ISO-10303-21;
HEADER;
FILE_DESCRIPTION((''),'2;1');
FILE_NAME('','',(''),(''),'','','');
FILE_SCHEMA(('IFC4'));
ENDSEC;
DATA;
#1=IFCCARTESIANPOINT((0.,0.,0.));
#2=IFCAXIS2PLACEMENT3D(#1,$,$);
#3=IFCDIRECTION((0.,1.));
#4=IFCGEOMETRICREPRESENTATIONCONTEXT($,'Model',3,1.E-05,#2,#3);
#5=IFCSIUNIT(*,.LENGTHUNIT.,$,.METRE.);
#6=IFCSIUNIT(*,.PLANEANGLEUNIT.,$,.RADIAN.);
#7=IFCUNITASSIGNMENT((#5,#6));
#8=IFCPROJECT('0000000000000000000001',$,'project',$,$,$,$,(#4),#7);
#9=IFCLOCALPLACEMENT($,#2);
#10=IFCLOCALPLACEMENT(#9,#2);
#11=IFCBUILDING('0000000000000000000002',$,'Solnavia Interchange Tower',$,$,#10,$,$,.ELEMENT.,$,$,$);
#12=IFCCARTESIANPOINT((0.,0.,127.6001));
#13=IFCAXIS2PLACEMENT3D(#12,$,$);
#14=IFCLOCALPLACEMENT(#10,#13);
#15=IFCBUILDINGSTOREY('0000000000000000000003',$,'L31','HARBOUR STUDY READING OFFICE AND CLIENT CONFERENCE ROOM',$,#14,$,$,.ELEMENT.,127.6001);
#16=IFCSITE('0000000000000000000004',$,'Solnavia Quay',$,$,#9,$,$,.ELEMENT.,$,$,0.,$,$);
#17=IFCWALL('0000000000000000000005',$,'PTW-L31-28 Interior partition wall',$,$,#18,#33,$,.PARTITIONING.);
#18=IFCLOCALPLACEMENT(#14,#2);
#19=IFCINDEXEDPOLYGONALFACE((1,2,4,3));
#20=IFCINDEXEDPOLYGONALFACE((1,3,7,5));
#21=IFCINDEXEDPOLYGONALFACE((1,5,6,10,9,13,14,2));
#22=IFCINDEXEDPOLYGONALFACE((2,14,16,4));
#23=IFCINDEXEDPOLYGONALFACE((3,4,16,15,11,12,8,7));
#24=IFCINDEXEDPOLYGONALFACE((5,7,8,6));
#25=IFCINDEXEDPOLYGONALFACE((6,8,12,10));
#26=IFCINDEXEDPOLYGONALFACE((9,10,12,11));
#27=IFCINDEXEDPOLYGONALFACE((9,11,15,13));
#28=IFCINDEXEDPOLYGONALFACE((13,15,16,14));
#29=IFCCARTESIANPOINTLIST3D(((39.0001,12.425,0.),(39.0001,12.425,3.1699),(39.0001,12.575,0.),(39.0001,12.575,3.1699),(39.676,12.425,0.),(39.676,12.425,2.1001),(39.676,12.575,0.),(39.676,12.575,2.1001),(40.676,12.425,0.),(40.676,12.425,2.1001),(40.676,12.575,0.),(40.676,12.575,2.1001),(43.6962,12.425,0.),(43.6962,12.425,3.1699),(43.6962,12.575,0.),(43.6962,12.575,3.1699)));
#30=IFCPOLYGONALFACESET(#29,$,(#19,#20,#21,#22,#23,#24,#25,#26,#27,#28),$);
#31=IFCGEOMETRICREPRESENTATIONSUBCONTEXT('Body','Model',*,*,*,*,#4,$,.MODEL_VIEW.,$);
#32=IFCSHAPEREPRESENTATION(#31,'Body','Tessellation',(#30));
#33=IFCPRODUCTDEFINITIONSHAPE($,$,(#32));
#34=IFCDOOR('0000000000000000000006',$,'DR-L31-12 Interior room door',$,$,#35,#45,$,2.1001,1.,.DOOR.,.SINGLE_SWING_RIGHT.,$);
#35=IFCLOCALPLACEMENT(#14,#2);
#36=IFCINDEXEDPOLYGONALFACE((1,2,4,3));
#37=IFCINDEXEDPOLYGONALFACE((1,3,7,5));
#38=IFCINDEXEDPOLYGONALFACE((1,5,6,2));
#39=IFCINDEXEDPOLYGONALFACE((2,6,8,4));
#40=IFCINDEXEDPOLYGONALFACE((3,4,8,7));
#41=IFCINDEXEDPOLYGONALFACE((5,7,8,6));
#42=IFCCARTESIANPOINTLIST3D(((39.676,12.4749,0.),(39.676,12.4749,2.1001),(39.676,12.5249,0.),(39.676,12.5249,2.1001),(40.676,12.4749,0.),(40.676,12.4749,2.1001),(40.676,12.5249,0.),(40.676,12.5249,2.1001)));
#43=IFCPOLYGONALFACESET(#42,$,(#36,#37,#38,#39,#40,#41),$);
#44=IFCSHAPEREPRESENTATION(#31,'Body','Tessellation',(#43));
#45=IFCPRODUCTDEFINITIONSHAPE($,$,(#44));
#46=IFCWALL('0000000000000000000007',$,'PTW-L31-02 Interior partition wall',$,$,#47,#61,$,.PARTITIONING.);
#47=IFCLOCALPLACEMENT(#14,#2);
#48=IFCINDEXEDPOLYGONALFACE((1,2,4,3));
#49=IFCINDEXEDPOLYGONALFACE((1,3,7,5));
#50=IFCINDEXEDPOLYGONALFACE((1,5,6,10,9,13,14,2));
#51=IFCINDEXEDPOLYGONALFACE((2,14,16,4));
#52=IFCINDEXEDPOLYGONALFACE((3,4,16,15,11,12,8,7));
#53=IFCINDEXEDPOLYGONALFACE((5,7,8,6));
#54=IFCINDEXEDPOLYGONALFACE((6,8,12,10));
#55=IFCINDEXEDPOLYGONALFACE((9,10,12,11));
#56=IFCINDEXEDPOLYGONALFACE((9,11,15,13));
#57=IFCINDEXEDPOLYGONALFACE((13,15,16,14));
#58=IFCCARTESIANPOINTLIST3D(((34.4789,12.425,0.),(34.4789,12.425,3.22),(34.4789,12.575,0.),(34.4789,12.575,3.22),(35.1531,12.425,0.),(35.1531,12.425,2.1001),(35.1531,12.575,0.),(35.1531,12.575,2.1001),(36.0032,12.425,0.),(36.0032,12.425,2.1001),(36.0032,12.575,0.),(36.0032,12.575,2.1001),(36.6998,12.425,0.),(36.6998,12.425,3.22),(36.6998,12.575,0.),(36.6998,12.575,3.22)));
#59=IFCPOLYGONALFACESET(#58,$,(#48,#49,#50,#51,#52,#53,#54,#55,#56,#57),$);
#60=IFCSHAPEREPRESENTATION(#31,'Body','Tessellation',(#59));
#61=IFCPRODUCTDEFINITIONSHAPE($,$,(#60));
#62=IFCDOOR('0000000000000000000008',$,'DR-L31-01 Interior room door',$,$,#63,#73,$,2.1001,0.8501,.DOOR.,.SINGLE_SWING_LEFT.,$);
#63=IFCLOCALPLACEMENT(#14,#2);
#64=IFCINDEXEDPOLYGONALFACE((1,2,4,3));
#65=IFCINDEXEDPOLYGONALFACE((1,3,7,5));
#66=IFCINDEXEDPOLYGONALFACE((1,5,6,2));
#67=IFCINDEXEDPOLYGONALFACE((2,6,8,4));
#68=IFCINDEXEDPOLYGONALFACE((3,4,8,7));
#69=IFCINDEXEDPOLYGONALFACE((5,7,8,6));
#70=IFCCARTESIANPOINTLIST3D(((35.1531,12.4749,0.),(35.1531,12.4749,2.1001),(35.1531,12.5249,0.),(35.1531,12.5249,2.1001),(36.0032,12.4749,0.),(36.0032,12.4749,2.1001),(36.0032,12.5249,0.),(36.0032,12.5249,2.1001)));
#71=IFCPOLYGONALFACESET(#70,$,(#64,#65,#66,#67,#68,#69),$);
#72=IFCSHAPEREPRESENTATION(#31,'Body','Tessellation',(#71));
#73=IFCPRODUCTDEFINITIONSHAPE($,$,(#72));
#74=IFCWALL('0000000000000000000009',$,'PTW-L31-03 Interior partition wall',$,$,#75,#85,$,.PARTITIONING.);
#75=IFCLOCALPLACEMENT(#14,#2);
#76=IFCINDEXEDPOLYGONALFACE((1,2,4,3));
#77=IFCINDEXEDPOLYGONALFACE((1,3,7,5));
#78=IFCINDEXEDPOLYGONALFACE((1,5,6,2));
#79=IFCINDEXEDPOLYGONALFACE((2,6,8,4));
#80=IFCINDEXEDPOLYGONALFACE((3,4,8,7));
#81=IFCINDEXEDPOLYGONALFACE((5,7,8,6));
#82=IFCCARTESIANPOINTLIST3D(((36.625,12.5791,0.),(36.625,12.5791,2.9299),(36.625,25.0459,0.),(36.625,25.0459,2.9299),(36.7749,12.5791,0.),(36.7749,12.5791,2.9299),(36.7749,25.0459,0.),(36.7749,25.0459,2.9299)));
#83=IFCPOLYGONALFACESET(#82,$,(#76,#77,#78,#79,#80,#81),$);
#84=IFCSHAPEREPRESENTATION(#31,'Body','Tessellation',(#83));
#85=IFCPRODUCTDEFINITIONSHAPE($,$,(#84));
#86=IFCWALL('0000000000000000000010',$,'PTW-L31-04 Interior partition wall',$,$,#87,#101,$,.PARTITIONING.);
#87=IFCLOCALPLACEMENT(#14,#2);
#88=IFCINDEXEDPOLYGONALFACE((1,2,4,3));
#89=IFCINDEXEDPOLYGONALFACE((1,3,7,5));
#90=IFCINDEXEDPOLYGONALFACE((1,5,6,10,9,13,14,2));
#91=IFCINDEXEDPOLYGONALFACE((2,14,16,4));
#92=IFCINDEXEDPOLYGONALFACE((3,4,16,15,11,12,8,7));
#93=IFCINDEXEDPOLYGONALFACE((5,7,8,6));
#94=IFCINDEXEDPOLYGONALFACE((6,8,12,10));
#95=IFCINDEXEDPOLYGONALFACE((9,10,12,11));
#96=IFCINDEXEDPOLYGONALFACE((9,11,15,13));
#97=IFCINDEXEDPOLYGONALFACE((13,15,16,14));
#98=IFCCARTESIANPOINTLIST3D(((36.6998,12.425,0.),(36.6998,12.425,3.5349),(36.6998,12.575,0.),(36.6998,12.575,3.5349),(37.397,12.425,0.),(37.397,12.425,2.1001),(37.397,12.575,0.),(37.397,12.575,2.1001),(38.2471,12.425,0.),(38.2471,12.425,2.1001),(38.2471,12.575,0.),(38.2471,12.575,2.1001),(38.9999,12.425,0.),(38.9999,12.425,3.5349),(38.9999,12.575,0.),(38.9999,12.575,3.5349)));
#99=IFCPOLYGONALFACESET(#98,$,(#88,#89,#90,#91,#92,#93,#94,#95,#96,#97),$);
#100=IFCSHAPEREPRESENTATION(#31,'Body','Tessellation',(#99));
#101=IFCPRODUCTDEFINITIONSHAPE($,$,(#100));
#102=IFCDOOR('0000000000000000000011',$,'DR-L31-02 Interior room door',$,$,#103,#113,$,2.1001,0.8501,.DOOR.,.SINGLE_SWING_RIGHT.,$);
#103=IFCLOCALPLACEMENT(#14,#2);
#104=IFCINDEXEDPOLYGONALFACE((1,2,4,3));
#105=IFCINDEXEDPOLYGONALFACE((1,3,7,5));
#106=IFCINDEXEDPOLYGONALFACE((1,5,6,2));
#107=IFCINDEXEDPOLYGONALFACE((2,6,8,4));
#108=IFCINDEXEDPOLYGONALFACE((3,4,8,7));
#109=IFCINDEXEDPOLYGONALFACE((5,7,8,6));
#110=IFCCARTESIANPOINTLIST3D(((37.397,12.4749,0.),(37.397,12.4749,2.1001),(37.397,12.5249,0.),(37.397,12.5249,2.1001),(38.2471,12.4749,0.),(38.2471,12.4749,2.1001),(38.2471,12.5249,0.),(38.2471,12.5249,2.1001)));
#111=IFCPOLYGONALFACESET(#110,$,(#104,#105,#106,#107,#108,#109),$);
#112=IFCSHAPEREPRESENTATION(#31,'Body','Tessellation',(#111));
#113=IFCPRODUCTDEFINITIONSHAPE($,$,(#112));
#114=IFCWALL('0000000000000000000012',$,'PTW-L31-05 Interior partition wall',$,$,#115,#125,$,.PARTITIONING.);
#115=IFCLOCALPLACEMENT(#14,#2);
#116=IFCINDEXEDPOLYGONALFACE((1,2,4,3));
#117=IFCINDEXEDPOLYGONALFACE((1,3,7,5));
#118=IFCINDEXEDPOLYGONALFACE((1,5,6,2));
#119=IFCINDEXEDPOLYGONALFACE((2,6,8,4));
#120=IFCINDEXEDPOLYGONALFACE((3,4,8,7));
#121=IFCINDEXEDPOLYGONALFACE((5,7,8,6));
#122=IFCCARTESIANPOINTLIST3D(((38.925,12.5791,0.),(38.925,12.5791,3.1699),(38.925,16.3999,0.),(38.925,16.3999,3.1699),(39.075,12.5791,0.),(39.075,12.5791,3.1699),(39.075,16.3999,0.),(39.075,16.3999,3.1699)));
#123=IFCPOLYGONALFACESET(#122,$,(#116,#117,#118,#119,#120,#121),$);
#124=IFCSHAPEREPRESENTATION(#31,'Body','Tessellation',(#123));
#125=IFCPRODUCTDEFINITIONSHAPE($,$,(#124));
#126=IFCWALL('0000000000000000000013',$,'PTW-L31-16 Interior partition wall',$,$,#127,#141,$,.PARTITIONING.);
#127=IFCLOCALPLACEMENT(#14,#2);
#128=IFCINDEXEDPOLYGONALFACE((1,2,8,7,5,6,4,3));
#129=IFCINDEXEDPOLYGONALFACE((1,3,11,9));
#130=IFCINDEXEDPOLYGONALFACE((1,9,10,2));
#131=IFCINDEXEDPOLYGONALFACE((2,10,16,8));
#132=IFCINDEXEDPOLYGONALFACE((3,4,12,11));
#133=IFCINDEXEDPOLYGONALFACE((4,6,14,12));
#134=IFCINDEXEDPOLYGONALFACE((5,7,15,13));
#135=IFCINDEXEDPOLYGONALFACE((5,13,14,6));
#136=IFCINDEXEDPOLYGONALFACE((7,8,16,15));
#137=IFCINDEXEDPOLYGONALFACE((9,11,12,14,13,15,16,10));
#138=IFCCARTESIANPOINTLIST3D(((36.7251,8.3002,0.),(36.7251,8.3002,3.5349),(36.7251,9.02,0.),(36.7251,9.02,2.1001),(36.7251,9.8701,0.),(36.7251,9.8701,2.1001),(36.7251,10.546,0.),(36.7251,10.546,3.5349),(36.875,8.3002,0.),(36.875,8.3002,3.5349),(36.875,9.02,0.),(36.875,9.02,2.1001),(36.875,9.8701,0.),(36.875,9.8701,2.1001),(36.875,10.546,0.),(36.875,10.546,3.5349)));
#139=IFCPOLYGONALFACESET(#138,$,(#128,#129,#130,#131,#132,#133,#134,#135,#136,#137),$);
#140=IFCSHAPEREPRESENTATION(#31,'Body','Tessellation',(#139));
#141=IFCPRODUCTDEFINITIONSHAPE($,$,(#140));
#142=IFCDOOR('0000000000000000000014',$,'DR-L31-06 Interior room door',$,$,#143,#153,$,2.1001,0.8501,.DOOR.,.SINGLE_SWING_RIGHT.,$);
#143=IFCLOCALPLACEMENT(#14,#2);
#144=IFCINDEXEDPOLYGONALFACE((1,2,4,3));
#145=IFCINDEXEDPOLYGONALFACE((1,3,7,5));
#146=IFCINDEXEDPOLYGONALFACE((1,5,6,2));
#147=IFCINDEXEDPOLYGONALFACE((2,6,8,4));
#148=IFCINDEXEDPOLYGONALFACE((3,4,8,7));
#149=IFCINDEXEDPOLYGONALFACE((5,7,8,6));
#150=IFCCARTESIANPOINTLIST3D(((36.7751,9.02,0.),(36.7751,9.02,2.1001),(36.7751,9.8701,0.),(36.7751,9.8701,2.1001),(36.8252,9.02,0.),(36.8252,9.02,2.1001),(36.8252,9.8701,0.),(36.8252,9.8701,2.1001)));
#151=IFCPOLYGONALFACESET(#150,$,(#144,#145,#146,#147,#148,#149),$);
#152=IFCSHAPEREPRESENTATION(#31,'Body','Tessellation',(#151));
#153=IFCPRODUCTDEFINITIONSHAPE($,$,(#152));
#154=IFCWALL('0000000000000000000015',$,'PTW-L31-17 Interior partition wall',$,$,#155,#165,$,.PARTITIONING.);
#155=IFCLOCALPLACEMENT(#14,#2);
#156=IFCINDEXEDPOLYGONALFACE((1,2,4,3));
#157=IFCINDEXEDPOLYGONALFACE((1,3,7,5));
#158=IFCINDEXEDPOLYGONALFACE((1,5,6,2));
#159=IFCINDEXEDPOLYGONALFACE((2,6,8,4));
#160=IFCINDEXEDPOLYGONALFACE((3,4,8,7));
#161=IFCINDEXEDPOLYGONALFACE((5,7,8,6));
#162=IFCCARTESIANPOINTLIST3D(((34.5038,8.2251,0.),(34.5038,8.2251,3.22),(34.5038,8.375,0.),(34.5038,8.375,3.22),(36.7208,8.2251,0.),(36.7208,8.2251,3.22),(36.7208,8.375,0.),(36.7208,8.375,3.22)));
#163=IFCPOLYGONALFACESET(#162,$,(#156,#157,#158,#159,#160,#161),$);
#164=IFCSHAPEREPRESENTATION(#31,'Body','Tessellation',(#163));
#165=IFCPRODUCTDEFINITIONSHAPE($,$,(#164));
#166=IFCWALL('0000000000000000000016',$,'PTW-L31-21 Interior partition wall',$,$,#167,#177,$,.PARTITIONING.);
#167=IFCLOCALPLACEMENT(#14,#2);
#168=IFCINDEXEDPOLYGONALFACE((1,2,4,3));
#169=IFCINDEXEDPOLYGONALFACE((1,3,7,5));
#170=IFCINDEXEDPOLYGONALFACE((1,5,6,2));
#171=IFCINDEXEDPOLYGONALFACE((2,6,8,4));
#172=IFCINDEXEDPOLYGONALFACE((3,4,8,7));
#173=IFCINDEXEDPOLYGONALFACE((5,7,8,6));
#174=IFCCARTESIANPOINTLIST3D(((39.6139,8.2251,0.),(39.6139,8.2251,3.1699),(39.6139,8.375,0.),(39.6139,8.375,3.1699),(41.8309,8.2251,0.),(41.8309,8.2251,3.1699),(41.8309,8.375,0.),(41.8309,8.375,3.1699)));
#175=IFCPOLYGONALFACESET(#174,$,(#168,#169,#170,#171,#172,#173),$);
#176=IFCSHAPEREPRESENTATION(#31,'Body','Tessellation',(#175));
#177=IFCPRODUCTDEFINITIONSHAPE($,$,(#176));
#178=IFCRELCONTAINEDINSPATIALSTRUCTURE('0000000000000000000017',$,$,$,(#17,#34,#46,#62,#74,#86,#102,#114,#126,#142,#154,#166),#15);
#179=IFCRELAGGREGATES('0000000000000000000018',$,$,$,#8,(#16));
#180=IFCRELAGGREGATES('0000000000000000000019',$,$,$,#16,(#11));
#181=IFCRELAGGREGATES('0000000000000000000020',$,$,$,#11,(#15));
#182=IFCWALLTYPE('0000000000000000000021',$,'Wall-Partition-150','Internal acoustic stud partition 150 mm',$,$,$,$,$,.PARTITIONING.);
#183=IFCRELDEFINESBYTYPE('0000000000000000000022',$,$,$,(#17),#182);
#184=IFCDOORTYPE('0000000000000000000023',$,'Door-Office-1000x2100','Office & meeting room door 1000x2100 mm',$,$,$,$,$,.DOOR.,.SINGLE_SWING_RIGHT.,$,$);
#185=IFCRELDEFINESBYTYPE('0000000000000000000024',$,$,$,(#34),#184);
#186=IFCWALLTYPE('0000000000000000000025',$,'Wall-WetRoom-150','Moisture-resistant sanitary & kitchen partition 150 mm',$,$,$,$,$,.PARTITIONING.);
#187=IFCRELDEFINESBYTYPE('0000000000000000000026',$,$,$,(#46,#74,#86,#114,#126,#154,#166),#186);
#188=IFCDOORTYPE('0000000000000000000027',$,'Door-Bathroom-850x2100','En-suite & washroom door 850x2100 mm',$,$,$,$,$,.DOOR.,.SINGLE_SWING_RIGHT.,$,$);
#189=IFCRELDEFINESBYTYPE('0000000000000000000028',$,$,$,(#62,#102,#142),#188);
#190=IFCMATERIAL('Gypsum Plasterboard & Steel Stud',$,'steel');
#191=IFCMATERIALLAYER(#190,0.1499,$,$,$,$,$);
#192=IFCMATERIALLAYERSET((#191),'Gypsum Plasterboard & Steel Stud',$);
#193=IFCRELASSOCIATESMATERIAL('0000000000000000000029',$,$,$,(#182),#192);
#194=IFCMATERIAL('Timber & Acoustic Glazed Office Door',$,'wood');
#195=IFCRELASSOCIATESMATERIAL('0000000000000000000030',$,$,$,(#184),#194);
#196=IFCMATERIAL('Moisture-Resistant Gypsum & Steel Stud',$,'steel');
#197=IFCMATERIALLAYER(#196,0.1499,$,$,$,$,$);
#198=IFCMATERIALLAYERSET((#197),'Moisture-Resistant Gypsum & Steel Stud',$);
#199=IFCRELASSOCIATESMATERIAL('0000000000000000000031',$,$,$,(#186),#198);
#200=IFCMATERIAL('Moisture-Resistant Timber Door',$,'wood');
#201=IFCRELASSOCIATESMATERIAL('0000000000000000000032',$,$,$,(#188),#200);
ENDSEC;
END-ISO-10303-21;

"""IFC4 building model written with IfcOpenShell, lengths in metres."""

from ifc_helpers import new_model, si_unit, direction, frame, frame_2d, origin, place, context, subcontext, project, spatial, rectangle, extrude, material, layer, layer_set, type_object, element, fill, save


model = new_model("IFC4")

# Units and contexts
model_context = context("Model", 3, precision=1e-05, world=origin(), true_north=direction((0.0, 1.0)))
body_context = subcontext(model_context, "Body", "Model", "MODEL_VIEW")
ifc_project = project(units=[si_unit("LENGTHUNIT", "METRE"), si_unit("PLANEANGLEUNIT", "RADIAN")], contexts=[model_context])

# Site, building, storey
site_placement = place(None, origin())
site = spatial("IfcSite", under=ifc_project, at=site_placement, Name="Solnavia Quay", CompositionType="ELEMENT", RefElevation=0.0)
building_placement = place(site_placement, origin())
building = spatial("IfcBuilding", under=site, at=building_placement, Name="Solnavia Interchange Tower", CompositionType="ELEMENT")
storey_placement = place(building_placement, frame((0.0, 0.0, 127.6001)))
storey = spatial("IfcBuildingStorey", under=building, at=storey_placement, Name="L31", Description="HARBOUR STUDY READING OFFICE AND CLIENT CONFERENCE ROOM", CompositionType="ELEMENT", Elevation=127.6001)

# Walls, openings, doors
ifc_material_1 = material(Name="Gypsum Plasterboard & Steel Stud", Category="steel")
ifc_layer_1 = layer(ifc_material_1, 0.1499)
ifc_layer_set_1 = layer_set([ifc_layer_1], Name="Gypsum Plasterboard & Steel Stud")
wall_type_1 = type_object("IfcWallType", Name="Wall-Partition-150", Description="Internal acoustic stud partition 150 mm", PredefinedType="PARTITIONING", material=ifc_layer_set_1)
wall_1_placement = place(storey_placement, frame((39.0, 12.5, 0.0), z_axis=(0.0, 0.0, 1.0), x_axis=(1.0, 0.0, 0.0)))
wall_1 = element("IfcWall", 1, at=wall_1_placement, inside=storey, type_object=wall_type_1, Name="PTW-L31-28 Interior partition wall", PredefinedType="PARTITIONING", context=body_context, shape_type="SweptSolid", body=[
    extrude(rectangle(XDim=4.696, YDim=0.1499, at=frame_2d((2.3481, 0.0))), origin(), (0.0, 0.0, 1.0), 3.1699),
])
opening_1_placement = place(wall_1_placement, frame((0.676, 0.0, 0.0)))
opening_1 = element("IfcOpeningElement", 2, at=opening_1_placement, cuts=wall_1, PredefinedType="OPENING", context=body_context, shape_type="SweptSolid", body=[
    extrude(rectangle(XDim=1.0, YDim=2.1001, at=frame_2d((0.5, 1.05))), frame((0.0, 0.085, 0.0), z_axis=(0.0, -1.0, 0.0), x_axis=(1.0, 0.0, 0.0)), (0.0, 0.0, 1.0), 0.1699),
])
ifc_material_2 = material(Name="Timber & Acoustic Glazed Office Door", Category="wood")
door_type_1 = type_object("IfcDoorType", Name="Door-Office-1000x2100", Description="Office & meeting room door 1000x2100 mm", OperationType="SINGLE_SWING_RIGHT", PredefinedType="DOOR", material=ifc_material_2)
door_1_placement = place(opening_1_placement, origin())
door_1 = element("IfcDoor", 3, at=door_1_placement, inside=storey, type_object=door_type_1, Name="DR-L31-12 Interior room door", OperationType="SINGLE_SWING_RIGHT", OverallHeight=2.1001, OverallWidth=1.0, PredefinedType="DOOR", context=body_context, shape_type="SweptSolid", body=[
    extrude(rectangle(XDim=1.0, YDim=2.1001, at=frame_2d((0.5, 1.05))), frame((0.0, 0.0249, 0.0), z_axis=(0.0, -1.0, 0.0), x_axis=(1.0, 0.0, 0.0)), (0.0, 0.0, 1.0), 0.05),
])
fill(opening_1, door_1)
ifc_material_3 = material(Name="Moisture-Resistant Gypsum & Steel Stud", Category="steel")
ifc_layer_2 = layer(ifc_material_3, 0.1499)
ifc_layer_set_2 = layer_set([ifc_layer_2], Name="Moisture-Resistant Gypsum & Steel Stud")
wall_type_2 = type_object("IfcWallType", Name="Wall-WetRoom-150", Description="Moisture-resistant sanitary & kitchen partition 150 mm", PredefinedType="PARTITIONING", material=ifc_layer_set_2)
wall_2_placement = place(storey_placement, frame((34.479, 12.5, 0.0), z_axis=(0.0, 0.0, 1.0), x_axis=(1.0, 0.0, 0.0)))
wall_2 = element("IfcWall", 4, at=wall_2_placement, inside=storey, type_object=wall_type_2, Name="PTW-L31-02 Interior partition wall", PredefinedType="PARTITIONING", context=body_context, shape_type="SweptSolid", body=[
    extrude(rectangle(XDim=2.2209, YDim=0.1499, at=frame_2d((1.1104, 0.0))), origin(), (0.0, 0.0, 1.0), 3.22),
])
opening_2_placement = place(wall_2_placement, frame((0.6741, 0.0, 0.0)))
opening_2 = element("IfcOpeningElement", 5, at=opening_2_placement, cuts=wall_2, PredefinedType="OPENING", context=body_context, shape_type="SweptSolid", body=[
    extrude(rectangle(XDim=0.8501, YDim=2.1001, at=frame_2d((0.425, 1.05))), frame((0.0, 0.085, 0.0), z_axis=(0.0, -1.0, 0.0), x_axis=(1.0, 0.0, 0.0)), (0.0, 0.0, 1.0), 0.1699),
])
ifc_material_4 = material(Name="Moisture-Resistant Timber Door", Category="wood")
door_type_2 = type_object("IfcDoorType", Name="Door-Bathroom-850x2100", Description="En-suite & washroom door 850x2100 mm", OperationType="SINGLE_SWING_RIGHT", PredefinedType="DOOR", material=ifc_material_4)
door_2_placement = place(opening_2_placement, origin())
door_2 = element("IfcDoor", 6, at=door_2_placement, inside=storey, type_object=door_type_2, Name="DR-L31-01 Interior room door", OperationType="SINGLE_SWING_LEFT", OverallHeight=2.1001, OverallWidth=0.8501, PredefinedType="DOOR", context=body_context, shape_type="SweptSolid", body=[
    extrude(rectangle(XDim=0.8501, YDim=2.1001, at=frame_2d((0.425, 1.05))), frame((0.0, 0.0249, 0.0), z_axis=(0.0, -1.0, 0.0), x_axis=(1.0, 0.0, 0.0)), (0.0, 0.0, 1.0), 0.05),
])
fill(opening_2, door_2)

# Wall
wall_3_placement = place(storey_placement, frame((36.7, 12.5791, 0.0), z_axis=(0.0, 0.0, 1.0), x_axis=(0.0, 1.0, 0.0)))
element("IfcWall", 7, at=wall_3_placement, inside=storey, type_object=wall_type_2, Name="PTW-L31-03 Interior partition wall", PredefinedType="PARTITIONING", context=body_context, shape_type="SweptSolid", body=[
    extrude(rectangle(XDim=12.4668, YDim=0.1499, at=frame_2d((6.2334, 0.0))), origin(), (0.0, 0.0, 1.0), 2.9299),
])

# Wall, opening, door
wall_4_placement = place(storey_placement, frame((36.7, 12.5, 0.0), z_axis=(0.0, 0.0, 1.0), x_axis=(1.0, 0.0, 0.0)))
wall_4 = element("IfcWall", 8, at=wall_4_placement, inside=storey, type_object=wall_type_2, Name="PTW-L31-04 Interior partition wall", PredefinedType="PARTITIONING", context=body_context, shape_type="SweptSolid", body=[
    extrude(rectangle(XDim=2.3, YDim=0.1499, at=frame_2d((1.1499, 0.0))), origin(), (0.0, 0.0, 1.0), 3.5349),
])
opening_3_placement = place(wall_4_placement, frame((0.697, 0.0, 0.0)))
opening_3 = element("IfcOpeningElement", 9, at=opening_3_placement, cuts=wall_4, PredefinedType="OPENING", context=body_context, shape_type="SweptSolid", body=[
    extrude(rectangle(XDim=0.8501, YDim=2.1001, at=frame_2d((0.425, 1.05))), frame((0.0, 0.085, 0.0), z_axis=(0.0, -1.0, 0.0), x_axis=(1.0, 0.0, 0.0)), (0.0, 0.0, 1.0), 0.1699),
])
door_3_placement = place(opening_3_placement, origin())
door_3 = element("IfcDoor", 10, at=door_3_placement, inside=storey, type_object=door_type_2, Name="DR-L31-02 Interior room door", OperationType="SINGLE_SWING_RIGHT", OverallHeight=2.1001, OverallWidth=0.8501, PredefinedType="DOOR", context=body_context, shape_type="SweptSolid", body=[
    extrude(rectangle(XDim=0.8501, YDim=2.1001, at=frame_2d((0.425, 1.05))), frame((0.0, 0.0249, 0.0), z_axis=(0.0, -1.0, 0.0), x_axis=(1.0, 0.0, 0.0)), (0.0, 0.0, 1.0), 0.05),
])
fill(opening_3, door_3)

# Wall
wall_5_placement = place(storey_placement, frame((39.0, 12.5791, 0.0), z_axis=(0.0, 0.0, 1.0), x_axis=(0.0, 1.0, 0.0)))
element("IfcWall", 11, at=wall_5_placement, inside=storey, type_object=wall_type_2, Name="PTW-L31-05 Interior partition wall", PredefinedType="PARTITIONING", context=body_context, shape_type="SweptSolid", body=[
    extrude(rectangle(XDim=3.8208, YDim=0.1499, at=frame_2d((1.9104, 0.0))), origin(), (0.0, 0.0, 1.0), 3.1699),
])

# Wall, opening, door
wall_6_placement = place(storey_placement, frame((36.8, 8.3, 0.0), z_axis=(0.0, 0.0, 1.0), x_axis=(0.0, 1.0, 0.0)))
wall_6 = element("IfcWall", 12, at=wall_6_placement, inside=storey, type_object=wall_type_2, Name="PTW-L31-16 Interior partition wall", PredefinedType="PARTITIONING", context=body_context, shape_type="SweptSolid", body=[
    extrude(rectangle(XDim=2.2458, YDim=0.1499, at=frame_2d((1.123, 0.0))), origin(), (0.0, 0.0, 1.0), 3.5349),
])
opening_4_placement = place(wall_6_placement, frame((0.72, 0.0, 0.0)))
opening_4 = element("IfcOpeningElement", 13, at=opening_4_placement, cuts=wall_6, PredefinedType="OPENING", context=body_context, shape_type="SweptSolid", body=[
    extrude(rectangle(XDim=0.8501, YDim=2.1001, at=frame_2d((0.425, 1.05))), frame((0.0, 0.085, 0.0), z_axis=(0.0, -1.0, 0.0), x_axis=(1.0, 0.0, 0.0)), (0.0, 0.0, 1.0), 0.1699),
])
door_4_placement = place(opening_4_placement, origin())
door_4 = element("IfcDoor", 14, at=door_4_placement, inside=storey, type_object=door_type_2, Name="DR-L31-06 Interior room door", OperationType="SINGLE_SWING_RIGHT", OverallHeight=2.1001, OverallWidth=0.8501, PredefinedType="DOOR", context=body_context, shape_type="SweptSolid", body=[
    extrude(rectangle(XDim=0.8501, YDim=2.1001, at=frame_2d((0.425, 1.05))), frame((0.0, 0.0249, 0.0), z_axis=(0.0, -1.0, 0.0), x_axis=(1.0, 0.0, 0.0)), (0.0, 0.0, 1.0), 0.05),
])
fill(opening_4, door_4)

# Walls
wall_7_placement = place(storey_placement, frame((34.5039, 8.3, 0.0), z_axis=(0.0, 0.0, 1.0), x_axis=(1.0, 0.0, 0.0)))
element("IfcWall", 15, at=wall_7_placement, inside=storey, type_object=wall_type_2, Name="PTW-L31-17 Interior partition wall", PredefinedType="PARTITIONING", context=body_context, shape_type="SweptSolid", body=[
    extrude(rectangle(XDim=2.217, YDim=0.1499, at=frame_2d((1.1084, 0.0))), origin(), (0.0, 0.0, 1.0), 3.22),
])
wall_8_placement = place(storey_placement, frame((39.614, 8.3, 0.0), z_axis=(0.0, 0.0, 1.0), x_axis=(1.0, 0.0, 0.0)))
element("IfcWall", 16, at=wall_8_placement, inside=storey, type_object=wall_type_2, Name="PTW-L31-21 Interior partition wall", PredefinedType="PARTITIONING", context=body_context, shape_type="SweptSolid", body=[
    extrude(rectangle(XDim=2.217, YDim=0.1499, at=frame_2d((1.1084, 0.0))), origin(), (0.0, 0.0, 1.0), 3.1699),
])

save(model, "model.ifc")
